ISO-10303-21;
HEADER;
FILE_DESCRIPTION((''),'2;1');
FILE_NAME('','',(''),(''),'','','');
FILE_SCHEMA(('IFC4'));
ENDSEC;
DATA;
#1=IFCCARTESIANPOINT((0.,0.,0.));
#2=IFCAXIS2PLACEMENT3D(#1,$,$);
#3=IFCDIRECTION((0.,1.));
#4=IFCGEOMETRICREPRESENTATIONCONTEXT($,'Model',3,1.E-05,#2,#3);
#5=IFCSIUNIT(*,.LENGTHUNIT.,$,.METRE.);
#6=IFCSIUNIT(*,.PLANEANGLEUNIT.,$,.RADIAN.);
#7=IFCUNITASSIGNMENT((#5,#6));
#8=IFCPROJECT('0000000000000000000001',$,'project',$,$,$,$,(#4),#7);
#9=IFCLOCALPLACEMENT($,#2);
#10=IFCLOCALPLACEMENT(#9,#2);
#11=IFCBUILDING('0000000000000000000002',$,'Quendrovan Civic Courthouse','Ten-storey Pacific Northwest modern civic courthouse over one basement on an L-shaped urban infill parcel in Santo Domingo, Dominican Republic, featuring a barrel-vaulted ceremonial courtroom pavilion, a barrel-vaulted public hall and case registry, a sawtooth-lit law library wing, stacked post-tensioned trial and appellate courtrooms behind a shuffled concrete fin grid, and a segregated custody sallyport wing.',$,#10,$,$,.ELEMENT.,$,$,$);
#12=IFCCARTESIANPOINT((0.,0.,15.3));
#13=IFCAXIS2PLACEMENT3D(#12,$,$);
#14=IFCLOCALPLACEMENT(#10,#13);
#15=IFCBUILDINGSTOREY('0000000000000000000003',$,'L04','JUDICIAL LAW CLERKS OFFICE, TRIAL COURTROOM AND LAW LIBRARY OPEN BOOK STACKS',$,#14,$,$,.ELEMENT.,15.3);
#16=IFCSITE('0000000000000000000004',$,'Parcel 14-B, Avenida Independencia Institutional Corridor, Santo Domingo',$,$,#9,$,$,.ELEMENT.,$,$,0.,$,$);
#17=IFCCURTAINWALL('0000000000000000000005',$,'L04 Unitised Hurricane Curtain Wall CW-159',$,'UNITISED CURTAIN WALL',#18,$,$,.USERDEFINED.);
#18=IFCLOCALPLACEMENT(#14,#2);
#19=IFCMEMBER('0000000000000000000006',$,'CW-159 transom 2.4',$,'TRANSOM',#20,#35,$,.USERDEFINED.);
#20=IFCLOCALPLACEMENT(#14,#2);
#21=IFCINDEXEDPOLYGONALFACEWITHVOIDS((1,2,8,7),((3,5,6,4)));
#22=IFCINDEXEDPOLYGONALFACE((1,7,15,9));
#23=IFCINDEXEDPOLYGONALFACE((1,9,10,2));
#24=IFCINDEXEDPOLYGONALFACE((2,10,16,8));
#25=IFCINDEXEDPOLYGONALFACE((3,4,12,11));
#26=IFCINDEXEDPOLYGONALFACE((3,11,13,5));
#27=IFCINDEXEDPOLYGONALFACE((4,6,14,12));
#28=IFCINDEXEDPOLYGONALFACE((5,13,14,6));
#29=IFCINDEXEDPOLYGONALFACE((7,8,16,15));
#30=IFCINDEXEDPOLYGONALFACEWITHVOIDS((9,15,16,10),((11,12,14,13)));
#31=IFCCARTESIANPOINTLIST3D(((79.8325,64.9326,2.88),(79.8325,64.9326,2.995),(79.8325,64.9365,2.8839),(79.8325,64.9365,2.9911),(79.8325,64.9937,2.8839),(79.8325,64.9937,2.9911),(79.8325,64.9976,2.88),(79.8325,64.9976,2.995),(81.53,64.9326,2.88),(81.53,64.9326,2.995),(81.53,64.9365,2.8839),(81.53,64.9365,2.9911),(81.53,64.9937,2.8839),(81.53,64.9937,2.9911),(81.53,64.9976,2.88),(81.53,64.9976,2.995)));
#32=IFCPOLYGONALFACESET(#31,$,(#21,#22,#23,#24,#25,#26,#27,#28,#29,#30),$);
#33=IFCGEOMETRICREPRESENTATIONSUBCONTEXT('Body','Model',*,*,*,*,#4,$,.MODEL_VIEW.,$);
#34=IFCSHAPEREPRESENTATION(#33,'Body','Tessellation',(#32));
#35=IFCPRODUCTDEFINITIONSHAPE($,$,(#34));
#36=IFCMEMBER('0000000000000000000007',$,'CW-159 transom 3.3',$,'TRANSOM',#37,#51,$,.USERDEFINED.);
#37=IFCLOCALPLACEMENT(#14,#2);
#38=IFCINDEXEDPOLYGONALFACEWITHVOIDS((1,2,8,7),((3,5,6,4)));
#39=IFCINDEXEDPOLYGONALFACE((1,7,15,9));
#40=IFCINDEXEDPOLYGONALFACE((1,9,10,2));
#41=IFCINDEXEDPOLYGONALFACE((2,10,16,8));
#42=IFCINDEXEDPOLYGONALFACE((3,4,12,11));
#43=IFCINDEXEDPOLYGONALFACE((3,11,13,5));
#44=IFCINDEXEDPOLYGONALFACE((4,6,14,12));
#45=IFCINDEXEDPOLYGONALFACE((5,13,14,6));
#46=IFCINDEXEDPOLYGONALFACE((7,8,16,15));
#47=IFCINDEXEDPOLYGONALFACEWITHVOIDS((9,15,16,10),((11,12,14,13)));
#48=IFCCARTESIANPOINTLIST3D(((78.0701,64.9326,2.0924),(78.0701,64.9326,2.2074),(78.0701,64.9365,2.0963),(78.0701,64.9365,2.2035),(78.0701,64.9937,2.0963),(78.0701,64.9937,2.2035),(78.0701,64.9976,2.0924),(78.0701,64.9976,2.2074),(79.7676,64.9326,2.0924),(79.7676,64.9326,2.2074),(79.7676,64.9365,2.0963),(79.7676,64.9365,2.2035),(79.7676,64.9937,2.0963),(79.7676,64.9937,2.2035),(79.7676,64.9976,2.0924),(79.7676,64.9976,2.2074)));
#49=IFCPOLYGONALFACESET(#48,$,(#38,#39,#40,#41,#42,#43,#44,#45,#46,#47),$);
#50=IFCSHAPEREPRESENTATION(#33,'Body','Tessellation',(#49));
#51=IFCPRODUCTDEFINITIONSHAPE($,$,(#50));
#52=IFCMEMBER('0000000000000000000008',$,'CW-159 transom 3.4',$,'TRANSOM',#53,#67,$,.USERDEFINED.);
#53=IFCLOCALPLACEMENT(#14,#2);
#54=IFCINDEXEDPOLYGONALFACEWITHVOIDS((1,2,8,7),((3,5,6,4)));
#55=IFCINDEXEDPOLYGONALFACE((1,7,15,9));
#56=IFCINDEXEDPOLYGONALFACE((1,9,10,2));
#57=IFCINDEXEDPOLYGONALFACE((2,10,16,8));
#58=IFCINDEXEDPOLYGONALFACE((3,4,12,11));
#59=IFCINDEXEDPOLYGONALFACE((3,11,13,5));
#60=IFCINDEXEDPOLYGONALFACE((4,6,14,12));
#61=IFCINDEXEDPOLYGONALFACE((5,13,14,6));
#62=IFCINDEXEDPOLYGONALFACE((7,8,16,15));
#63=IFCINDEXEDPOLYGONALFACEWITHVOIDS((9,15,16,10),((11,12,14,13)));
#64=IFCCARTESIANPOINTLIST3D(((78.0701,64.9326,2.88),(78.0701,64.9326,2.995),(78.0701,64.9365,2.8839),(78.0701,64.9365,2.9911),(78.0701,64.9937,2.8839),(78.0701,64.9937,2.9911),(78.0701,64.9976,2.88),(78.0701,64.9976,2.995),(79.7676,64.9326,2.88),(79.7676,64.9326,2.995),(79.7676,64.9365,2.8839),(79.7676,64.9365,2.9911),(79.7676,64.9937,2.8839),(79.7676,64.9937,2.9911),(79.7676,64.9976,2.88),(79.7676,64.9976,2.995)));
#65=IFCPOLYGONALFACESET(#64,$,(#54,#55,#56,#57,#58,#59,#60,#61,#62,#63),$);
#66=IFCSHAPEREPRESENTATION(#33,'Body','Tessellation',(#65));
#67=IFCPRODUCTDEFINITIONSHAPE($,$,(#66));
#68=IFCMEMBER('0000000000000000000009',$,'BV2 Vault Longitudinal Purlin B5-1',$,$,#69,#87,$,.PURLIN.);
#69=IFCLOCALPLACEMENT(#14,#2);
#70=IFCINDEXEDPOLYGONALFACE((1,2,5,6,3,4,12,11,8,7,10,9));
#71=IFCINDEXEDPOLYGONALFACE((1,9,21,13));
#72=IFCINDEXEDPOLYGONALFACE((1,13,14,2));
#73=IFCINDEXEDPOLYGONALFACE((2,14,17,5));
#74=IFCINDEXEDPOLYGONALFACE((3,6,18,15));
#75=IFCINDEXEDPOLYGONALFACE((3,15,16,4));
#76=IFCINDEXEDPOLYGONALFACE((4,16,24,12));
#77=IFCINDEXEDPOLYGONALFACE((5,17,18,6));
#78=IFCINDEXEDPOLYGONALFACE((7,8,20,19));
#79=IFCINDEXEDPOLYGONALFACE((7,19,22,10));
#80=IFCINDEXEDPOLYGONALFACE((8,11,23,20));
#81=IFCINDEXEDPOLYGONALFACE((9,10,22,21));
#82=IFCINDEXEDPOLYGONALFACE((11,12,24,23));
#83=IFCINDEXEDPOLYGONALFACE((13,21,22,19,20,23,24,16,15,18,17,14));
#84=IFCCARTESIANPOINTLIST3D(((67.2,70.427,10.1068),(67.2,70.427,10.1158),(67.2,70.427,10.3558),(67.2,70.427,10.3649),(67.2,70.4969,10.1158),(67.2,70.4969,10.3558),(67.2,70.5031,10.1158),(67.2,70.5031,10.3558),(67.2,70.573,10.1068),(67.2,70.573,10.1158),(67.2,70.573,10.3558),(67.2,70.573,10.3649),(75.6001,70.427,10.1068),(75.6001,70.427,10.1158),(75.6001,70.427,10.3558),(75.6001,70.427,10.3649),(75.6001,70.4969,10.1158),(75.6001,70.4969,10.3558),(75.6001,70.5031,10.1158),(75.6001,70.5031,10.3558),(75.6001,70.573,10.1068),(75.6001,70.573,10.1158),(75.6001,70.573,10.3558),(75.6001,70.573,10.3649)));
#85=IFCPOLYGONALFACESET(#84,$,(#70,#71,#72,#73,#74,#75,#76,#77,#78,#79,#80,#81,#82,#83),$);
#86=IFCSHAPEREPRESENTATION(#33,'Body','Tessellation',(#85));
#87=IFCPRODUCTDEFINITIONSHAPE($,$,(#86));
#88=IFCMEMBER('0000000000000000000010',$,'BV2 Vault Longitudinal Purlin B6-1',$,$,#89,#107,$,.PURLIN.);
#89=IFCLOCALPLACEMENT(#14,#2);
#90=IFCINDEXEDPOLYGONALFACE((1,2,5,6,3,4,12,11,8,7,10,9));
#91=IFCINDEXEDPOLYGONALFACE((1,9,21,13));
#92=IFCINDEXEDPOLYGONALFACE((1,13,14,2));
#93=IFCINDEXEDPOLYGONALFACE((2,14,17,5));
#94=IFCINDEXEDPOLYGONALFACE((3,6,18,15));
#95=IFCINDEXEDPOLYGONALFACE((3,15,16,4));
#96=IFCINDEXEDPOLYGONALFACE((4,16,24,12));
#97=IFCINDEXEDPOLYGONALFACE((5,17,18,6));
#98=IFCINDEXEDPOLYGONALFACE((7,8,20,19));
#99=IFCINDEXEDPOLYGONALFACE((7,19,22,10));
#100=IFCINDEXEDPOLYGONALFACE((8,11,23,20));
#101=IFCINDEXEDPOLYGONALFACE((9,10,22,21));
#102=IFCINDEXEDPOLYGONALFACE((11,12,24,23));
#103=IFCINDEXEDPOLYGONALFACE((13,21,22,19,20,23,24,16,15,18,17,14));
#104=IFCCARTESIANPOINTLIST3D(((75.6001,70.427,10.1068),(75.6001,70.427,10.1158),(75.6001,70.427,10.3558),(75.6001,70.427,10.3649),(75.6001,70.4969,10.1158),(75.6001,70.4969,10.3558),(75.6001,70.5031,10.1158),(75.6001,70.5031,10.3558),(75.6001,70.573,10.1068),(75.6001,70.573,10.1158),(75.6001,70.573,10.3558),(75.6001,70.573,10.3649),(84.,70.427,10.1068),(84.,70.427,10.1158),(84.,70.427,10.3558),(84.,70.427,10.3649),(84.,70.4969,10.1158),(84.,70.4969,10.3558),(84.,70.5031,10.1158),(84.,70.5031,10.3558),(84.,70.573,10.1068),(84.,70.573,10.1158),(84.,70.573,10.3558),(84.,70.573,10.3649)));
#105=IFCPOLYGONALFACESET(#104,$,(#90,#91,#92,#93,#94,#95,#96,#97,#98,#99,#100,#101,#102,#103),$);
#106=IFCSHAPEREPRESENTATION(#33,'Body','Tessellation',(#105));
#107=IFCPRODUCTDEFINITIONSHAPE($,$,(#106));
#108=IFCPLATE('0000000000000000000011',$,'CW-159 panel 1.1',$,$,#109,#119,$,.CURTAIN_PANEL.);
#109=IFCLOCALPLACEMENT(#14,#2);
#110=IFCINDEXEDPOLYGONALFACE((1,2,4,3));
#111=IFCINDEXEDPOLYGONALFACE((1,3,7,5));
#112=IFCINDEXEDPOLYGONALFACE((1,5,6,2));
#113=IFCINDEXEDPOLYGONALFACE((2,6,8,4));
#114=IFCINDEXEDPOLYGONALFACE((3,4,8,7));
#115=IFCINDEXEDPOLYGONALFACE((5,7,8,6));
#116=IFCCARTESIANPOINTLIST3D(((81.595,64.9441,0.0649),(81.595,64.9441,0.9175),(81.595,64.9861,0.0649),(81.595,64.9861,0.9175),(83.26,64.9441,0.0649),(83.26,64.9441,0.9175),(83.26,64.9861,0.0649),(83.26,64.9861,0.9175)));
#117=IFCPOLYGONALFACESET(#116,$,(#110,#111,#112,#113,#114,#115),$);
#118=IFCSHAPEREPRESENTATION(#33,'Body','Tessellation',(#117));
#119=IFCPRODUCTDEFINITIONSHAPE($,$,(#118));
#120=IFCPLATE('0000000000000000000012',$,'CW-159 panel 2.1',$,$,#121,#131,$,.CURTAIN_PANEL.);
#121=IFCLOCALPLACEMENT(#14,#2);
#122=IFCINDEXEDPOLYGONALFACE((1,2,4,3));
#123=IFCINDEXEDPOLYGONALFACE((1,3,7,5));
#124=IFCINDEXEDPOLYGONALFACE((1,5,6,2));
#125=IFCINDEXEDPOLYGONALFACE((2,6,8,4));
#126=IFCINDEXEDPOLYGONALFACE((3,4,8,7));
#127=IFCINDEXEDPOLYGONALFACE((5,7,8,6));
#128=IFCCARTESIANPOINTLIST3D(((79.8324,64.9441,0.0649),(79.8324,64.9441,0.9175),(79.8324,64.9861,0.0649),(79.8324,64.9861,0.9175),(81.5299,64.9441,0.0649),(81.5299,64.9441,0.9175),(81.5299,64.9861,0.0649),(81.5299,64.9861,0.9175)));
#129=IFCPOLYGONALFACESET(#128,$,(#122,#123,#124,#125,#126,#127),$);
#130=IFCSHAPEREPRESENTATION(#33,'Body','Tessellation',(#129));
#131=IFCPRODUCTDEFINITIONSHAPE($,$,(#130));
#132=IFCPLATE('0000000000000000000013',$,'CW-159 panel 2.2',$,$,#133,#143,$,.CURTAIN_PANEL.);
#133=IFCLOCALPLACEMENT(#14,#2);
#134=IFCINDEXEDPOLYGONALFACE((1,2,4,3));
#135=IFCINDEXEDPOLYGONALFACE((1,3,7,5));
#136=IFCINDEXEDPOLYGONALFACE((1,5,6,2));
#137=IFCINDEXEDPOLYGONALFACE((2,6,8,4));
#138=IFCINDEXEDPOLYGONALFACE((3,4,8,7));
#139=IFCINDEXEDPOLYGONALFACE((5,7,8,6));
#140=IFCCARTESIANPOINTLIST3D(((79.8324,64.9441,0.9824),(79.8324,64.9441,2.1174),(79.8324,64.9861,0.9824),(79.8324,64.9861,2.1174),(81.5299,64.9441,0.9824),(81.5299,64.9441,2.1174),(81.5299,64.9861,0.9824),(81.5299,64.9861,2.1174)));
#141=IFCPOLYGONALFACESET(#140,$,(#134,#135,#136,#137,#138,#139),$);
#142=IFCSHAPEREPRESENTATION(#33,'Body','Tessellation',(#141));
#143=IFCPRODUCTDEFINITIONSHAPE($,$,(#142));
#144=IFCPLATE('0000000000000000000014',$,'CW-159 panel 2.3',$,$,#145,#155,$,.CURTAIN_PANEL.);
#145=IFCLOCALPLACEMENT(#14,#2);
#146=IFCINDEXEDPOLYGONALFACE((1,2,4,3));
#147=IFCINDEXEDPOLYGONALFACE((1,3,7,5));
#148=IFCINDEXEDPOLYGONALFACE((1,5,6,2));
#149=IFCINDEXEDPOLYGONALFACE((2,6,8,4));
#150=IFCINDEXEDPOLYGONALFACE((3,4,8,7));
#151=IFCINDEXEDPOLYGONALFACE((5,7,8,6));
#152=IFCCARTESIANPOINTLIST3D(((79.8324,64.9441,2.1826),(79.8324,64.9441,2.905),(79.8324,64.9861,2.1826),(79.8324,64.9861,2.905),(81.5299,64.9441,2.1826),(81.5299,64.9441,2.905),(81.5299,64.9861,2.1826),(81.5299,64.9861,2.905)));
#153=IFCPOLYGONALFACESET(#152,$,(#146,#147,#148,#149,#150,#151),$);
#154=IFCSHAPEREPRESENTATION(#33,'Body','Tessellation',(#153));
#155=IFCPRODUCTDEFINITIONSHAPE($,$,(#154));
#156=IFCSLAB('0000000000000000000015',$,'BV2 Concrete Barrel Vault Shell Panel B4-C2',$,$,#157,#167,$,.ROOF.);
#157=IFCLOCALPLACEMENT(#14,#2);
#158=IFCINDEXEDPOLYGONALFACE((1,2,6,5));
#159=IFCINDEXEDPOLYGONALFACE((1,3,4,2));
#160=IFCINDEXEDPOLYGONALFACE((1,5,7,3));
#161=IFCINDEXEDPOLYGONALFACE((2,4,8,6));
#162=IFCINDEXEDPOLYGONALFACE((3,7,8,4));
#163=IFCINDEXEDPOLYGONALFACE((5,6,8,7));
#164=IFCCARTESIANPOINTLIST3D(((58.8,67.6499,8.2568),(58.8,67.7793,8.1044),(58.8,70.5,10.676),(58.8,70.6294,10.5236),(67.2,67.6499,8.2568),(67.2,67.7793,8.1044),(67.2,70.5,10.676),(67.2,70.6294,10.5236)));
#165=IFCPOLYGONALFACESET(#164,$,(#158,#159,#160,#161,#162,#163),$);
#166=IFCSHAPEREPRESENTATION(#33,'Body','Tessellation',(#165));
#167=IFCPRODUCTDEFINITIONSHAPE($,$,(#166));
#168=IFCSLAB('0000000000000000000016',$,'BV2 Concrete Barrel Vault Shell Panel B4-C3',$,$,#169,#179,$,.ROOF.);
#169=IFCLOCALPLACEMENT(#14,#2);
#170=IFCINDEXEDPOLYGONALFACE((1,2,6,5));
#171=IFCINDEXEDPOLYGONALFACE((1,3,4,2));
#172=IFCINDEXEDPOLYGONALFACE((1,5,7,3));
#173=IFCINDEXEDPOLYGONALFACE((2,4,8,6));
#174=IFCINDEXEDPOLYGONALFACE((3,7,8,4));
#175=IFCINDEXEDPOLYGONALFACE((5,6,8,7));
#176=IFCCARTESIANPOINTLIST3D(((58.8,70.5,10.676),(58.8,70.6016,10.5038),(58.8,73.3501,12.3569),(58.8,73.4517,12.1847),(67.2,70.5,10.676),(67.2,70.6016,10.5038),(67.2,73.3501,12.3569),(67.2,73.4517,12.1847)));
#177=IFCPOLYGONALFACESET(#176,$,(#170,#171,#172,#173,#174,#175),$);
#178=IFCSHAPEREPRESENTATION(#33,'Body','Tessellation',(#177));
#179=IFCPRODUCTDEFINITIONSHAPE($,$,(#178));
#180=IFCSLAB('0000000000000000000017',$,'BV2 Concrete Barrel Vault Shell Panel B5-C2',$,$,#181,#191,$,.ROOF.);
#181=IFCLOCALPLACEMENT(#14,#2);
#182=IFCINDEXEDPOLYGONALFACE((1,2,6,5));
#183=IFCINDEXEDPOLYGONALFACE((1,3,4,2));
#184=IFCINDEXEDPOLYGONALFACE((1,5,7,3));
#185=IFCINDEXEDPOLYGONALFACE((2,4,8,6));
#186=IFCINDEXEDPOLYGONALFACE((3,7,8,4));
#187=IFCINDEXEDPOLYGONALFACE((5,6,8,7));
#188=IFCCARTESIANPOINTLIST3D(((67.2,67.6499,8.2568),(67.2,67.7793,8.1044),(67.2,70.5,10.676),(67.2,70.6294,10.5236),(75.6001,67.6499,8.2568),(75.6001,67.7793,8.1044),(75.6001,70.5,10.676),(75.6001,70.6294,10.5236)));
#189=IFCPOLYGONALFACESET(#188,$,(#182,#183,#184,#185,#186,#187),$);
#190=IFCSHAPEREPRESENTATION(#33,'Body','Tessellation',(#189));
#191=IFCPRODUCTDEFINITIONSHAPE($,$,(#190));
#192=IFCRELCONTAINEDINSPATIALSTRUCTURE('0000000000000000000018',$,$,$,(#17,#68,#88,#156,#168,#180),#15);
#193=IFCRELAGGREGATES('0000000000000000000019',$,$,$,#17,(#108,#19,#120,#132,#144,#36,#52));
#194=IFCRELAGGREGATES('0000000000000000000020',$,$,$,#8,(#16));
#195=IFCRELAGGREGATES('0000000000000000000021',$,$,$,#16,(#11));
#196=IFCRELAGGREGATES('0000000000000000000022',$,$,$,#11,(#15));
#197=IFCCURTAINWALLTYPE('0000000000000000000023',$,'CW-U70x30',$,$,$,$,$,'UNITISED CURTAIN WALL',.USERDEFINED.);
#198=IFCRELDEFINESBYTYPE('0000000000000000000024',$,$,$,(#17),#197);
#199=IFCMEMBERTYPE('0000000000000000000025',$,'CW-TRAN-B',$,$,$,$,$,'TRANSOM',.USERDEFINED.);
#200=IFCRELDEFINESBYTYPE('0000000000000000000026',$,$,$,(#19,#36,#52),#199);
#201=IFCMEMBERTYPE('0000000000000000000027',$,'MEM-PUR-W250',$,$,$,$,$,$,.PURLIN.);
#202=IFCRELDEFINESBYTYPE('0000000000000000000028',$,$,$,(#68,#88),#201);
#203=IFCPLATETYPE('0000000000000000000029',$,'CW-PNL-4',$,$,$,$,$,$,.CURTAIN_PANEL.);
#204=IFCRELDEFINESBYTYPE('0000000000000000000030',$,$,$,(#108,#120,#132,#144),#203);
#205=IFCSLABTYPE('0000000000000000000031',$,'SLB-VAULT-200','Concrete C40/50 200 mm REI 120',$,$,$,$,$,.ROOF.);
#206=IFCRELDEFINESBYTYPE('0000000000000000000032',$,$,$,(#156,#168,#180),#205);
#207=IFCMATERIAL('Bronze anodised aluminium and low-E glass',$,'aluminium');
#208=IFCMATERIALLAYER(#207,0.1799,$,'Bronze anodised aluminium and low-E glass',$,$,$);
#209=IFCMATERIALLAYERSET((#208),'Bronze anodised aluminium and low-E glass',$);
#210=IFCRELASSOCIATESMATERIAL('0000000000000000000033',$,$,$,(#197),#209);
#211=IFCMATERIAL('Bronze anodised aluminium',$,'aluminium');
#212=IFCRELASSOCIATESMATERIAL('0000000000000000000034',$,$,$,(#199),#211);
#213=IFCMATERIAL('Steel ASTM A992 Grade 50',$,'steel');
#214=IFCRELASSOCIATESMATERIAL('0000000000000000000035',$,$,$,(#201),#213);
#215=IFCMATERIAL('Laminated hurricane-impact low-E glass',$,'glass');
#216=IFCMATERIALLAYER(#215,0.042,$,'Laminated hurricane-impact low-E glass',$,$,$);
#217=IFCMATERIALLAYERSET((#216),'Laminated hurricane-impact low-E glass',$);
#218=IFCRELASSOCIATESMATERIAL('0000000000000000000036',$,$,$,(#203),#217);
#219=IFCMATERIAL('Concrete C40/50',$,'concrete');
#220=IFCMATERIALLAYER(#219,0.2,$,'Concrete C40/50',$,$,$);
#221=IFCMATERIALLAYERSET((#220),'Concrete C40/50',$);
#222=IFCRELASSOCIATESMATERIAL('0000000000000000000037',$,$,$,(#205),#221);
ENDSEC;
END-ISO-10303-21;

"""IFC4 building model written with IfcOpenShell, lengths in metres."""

from ifc_helpers import new_model, si_unit, direction, frame, origin, origin_2d, place, context, subcontext, project, spatial, polyline, rectangle, hollow_rectangle, i_section, outline, extrude, material, layer, layer_set, material_profile, profile_set, type_object, element, aggregate, save


model = new_model("IFC4")

# Units and contexts
model_context = context("Model", 3, precision=1e-05, world=origin(), true_north=direction((0.0, 1.0)))
body_context = subcontext(model_context, "Body", "Model", "MODEL_VIEW")
ifc_project = project(units=[si_unit("LENGTHUNIT", "METRE"), si_unit("PLANEANGLEUNIT", "RADIAN")], contexts=[model_context])

# Site, building, storey
site_placement = place(None, origin())
site = spatial("IfcSite", under=ifc_project, at=site_placement, Name="Parcel 14-B, Avenida Independencia Institutional Corridor, Santo Domingo", CompositionType="ELEMENT", RefElevation=0.0)
building_placement = place(site_placement, origin())
building = spatial("IfcBuilding", under=site, at=building_placement, Name="Quendrovan Civic Courthouse", Description="Ten-storey Pacific Northwest modern civic courthouse over one basement on an L-shaped urban infill parcel in Santo Domingo, Dominican Republic, featuring a barrel-vaulted ceremonial courtroom pavilion, a barrel-vaulted public hall and case registry, a sawtooth-lit law library wing, stacked post-tensioned trial and appellate courtrooms behind a shuffled concrete fin grid, and a segregated custody sallyport wing.", CompositionType="ELEMENT")
storey_placement = place(building_placement, frame((0.0, 0.0, 15.3)))
storey = spatial("IfcBuildingStorey", under=building, at=storey_placement, Name="L04", Description="JUDICIAL LAW CLERKS OFFICE, TRIAL COURTROOM AND LAW LIBRARY OPEN BOOK STACKS", CompositionType="ELEMENT", Elevation=15.3)

# Shared definitions
ifc_material_1 = material(Name="Concrete C40/50", Category="concrete")

# Curtain wall, members
ifc_material_2 = material(Name="Bronze anodised aluminium and low-E glass", Category="aluminium")
ifc_layer_1 = layer(ifc_material_2, 0.1799, Name="Bronze anodised aluminium and low-E glass")
ifc_layer_set_1 = layer_set([ifc_layer_1], Name="Bronze anodised aluminium and low-E glass")
curtain_wall_type = type_object("IfcCurtainWallType", Name="CW-U70x30", ElementType="UNITISED CURTAIN WALL", PredefinedType="USERDEFINED", material=ifc_layer_set_1)
curtain_wall_placement = place(storey_placement, origin())
curtain_wall = element("IfcCurtainWall", 1, at=curtain_wall_placement, inside=storey, type_object=curtain_wall_type, Name="L04 Unitised Hurricane Curtain Wall CW-159", ObjectType="UNITISED CURTAIN WALL", PredefinedType="USERDEFINED")
ifc_material_3 = material(Name="Bronze anodised aluminium", Category="aluminium")
ifc_material_profile_1 = material_profile(ifc_material_3, hollow_rectangle(XDim=0.0649, YDim=0.115, WallThickness=0.0039, at=origin_2d()), Name="CW-TRAN-65x115")
ifc_profile_set_1 = profile_set([ifc_material_profile_1], Name="Bronze anodised aluminium")
member_type_1 = type_object("IfcMemberType", Name="CW-TRAN-B", ElementType="TRANSOM", PredefinedType="USERDEFINED", material=ifc_profile_set_1)
member_1_placement = place(storey_placement, frame((81.53, 64.9651, 2.9375), z_axis=(-1.0, 0.0, 0.0), x_axis=(0.0, -1.0, 0.0)))
member_1 = element("IfcMember", 2, at=member_1_placement, type_object=member_type_1, Name="CW-159 transom 2.4", ObjectType="TRANSOM", PredefinedType="USERDEFINED", context=body_context, shape_type="SweptSolid", body=[
    extrude(hollow_rectangle(XDim=0.0649, YDim=0.115, WallThickness=0.0039, at=origin_2d()), origin(), (0.0, 0.0, 1.0), 1.6975),
])
member_2_placement = place(storey_placement, frame((79.7676, 64.9651, 2.1499), z_axis=(-1.0, 0.0, 0.0), x_axis=(0.0, -1.0, 0.0)))
member_2 = element("IfcMember", 3, at=member_2_placement, type_object=member_type_1, Name="CW-159 transom 3.3", ObjectType="TRANSOM", PredefinedType="USERDEFINED", context=body_context, shape_type="SweptSolid", body=[
    extrude(hollow_rectangle(XDim=0.0649, YDim=0.115, WallThickness=0.0039, at=origin_2d()), origin(), (0.0, 0.0, 1.0), 1.6975),
])
member_3_placement = place(storey_placement, frame((79.7676, 64.9651, 2.9375), z_axis=(-1.0, 0.0, 0.0), x_axis=(0.0, -1.0, 0.0)))
member_3 = element("IfcMember", 4, at=member_3_placement, type_object=member_type_1, Name="CW-159 transom 3.4", ObjectType="TRANSOM", PredefinedType="USERDEFINED", context=body_context, shape_type="SweptSolid", body=[
    extrude(hollow_rectangle(XDim=0.0649, YDim=0.115, WallThickness=0.0039, at=origin_2d()), origin(), (0.0, 0.0, 1.0), 1.6975),
])

# Members
ifc_material_4 = material(Name="Steel ASTM A992 Grade 50", Category="steel")
ifc_material_profile_2 = material_profile(ifc_material_4, i_section(OverallWidth=0.146, OverallDepth=0.2581, WebThickness=0.0061, FlangeThickness=0.009, at=origin_2d()), Name="W250x33")
ifc_profile_set_2 = profile_set([ifc_material_profile_2], Name="Steel ASTM A992 Grade 50")
member_type_2 = type_object("IfcMemberType", Name="MEM-PUR-W250", PredefinedType="PURLIN", material=ifc_profile_set_2)
member_4_placement = place(storey_placement, frame((67.2, 70.5, 10.2358), z_axis=(1.0, 0.0, 0.0), x_axis=(0.0, 1.0, 0.0)))
element("IfcMember", 5, at=member_4_placement, inside=storey, type_object=member_type_2, Name="BV2 Vault Longitudinal Purlin B5-1", PredefinedType="PURLIN", context=body_context, shape_type="SweptSolid", body=[
    extrude(i_section(OverallWidth=0.146, OverallDepth=0.2581, WebThickness=0.0061, FlangeThickness=0.009, at=origin_2d()), origin(), (0.0, 0.0, 1.0), 8.4001),
])
member_5_placement = place(storey_placement, frame((75.6001, 70.5, 10.2358), z_axis=(1.0, 0.0, 0.0), x_axis=(0.0, 1.0, 0.0)))
element("IfcMember", 6, at=member_5_placement, inside=storey, type_object=member_type_2, Name="BV2 Vault Longitudinal Purlin B6-1", PredefinedType="PURLIN", context=body_context, shape_type="SweptSolid", body=[
    extrude(i_section(OverallWidth=0.146, OverallDepth=0.2581, WebThickness=0.0061, FlangeThickness=0.009, at=origin_2d()), origin(), (0.0, 0.0, 1.0), 8.3999),
])

# Plates
ifc_material_5 = material(Name="Laminated hurricane-impact low-E glass", Category="glass")
ifc_layer_2 = layer(ifc_material_5, 0.042, Name="Laminated hurricane-impact low-E glass")
ifc_layer_set_2 = layer_set([ifc_layer_2], Name="Laminated hurricane-impact low-E glass")
plate_type = type_object("IfcPlateType", Name="CW-PNL-4", PredefinedType="CURTAIN_PANEL", material=ifc_layer_set_2)
plate_1_placement = place(storey_placement, frame((82.4275, 64.9651, 0.0649), z_axis=(0.0, 0.0, 1.0), x_axis=(-1.0, 0.0, 0.0)))
plate_1 = element("IfcPlate", 7, at=plate_1_placement, type_object=plate_type, Name="CW-159 panel 1.1", PredefinedType="CURTAIN_PANEL", context=body_context, shape_type="SweptSolid", body=[
    extrude(rectangle(XDim=1.665, YDim=0.042, at=origin_2d()), origin(), (0.0, 0.0, 1.0), 0.8525),
])
plate_2_placement = place(storey_placement, frame((80.6812, 64.9651, 0.0649), z_axis=(0.0, 0.0, 1.0), x_axis=(-1.0, 0.0, 0.0)))
plate_2 = element("IfcPlate", 8, at=plate_2_placement, type_object=plate_type, Name="CW-159 panel 2.1", PredefinedType="CURTAIN_PANEL", context=body_context, shape_type="SweptSolid", body=[
    extrude(rectangle(XDim=1.6975, YDim=0.042, at=origin_2d()), origin(), (0.0, 0.0, 1.0), 0.8525),
])
plate_3_placement = place(storey_placement, frame((80.6812, 64.9651, 0.9824), z_axis=(0.0, 0.0, 1.0), x_axis=(-1.0, 0.0, 0.0)))
plate_3 = element("IfcPlate", 9, at=plate_3_placement, type_object=plate_type, Name="CW-159 panel 2.2", PredefinedType="CURTAIN_PANEL", context=body_context, shape_type="SweptSolid", body=[
    extrude(rectangle(XDim=1.6975, YDim=0.042, at=origin_2d()), origin(), (0.0, 0.0, 1.0), 1.135),
])
plate_4_placement = place(storey_placement, frame((80.6812, 64.9651, 2.1826), z_axis=(0.0, 0.0, 1.0), x_axis=(-1.0, 0.0, 0.0)))
plate_4 = element("IfcPlate", 10, at=plate_4_placement, type_object=plate_type, Name="CW-159 panel 2.3", PredefinedType="CURTAIN_PANEL", context=body_context, shape_type="SweptSolid", body=[
    extrude(rectangle(XDim=1.6975, YDim=0.042, at=origin_2d()), origin(), (0.0, 0.0, 1.0), 0.7224),
])
aggregate(curtain_wall, [plate_1, member_1, plate_2, plate_3, plate_4, member_2, member_3])

# Slabs
ifc_layer_3 = layer(ifc_material_1, 0.2, Name="Concrete C40/50")
ifc_layer_set_3 = layer_set([ifc_layer_3], Name="Concrete C40/50")
slab_type = type_object("IfcSlabType", Name="SLB-VAULT-200", Description="Concrete C40/50 200 mm REI 120", PredefinedType="ROOF", material=ifc_layer_set_3)
slab_1_placement = place(storey_placement, frame((58.8, 67.6499, 8.2568), z_axis=(0.0, -0.647121, 0.762387), x_axis=(1.0, 0.0, 0.0)))
element("IfcSlab", 11, at=slab_1_placement, inside=storey, type_object=slab_type, Name="BV2 Concrete Barrel Vault Shell Panel B4-C2", PredefinedType="ROOF", context=body_context, shape_type="SweptSolid", body=[
    extrude(outline(polyline([(0.0, 0.0), (8.3999, 0.0), (8.3999, 3.7384), (0.0, 3.7384), (0.0, 0.0)])), origin(), (0.0, 0.0, -1.0), 0.2),
])
slab_2_placement = place(storey_placement, frame((58.8, 70.5, 10.676), z_axis=(0.0, -0.508003, 0.861355), x_axis=(1.0, 0.0, 0.0)))
element("IfcSlab", 12, at=slab_2_placement, inside=storey, type_object=slab_type, Name="BV2 Concrete Barrel Vault Shell Panel B4-C3", PredefinedType="ROOF", context=body_context, shape_type="SweptSolid", body=[
    extrude(outline(polyline([(0.0, 0.0), (8.3999, 0.0), (8.3999, 3.3089), (0.0, 3.3089), (0.0, 0.0)])), origin(), (0.0, 0.0, -1.0), 0.2),
])
slab_3_placement = place(storey_placement, frame((67.2, 67.6499, 8.2568), z_axis=(0.0, -0.647121, 0.762387), x_axis=(1.0, 0.0, 0.0)))
element("IfcSlab", 13, at=slab_3_placement, inside=storey, type_object=slab_type, Name="BV2 Concrete Barrel Vault Shell Panel B5-C2", PredefinedType="ROOF", context=body_context, shape_type="SweptSolid", body=[
    extrude(outline(polyline([(0.0, 0.0), (8.4001, 0.0), (8.4001, 3.7384), (0.0, 3.7384), (0.0, 0.0)])), origin(), (0.0, 0.0, -1.0), 0.2),
])

save(model, "model.ifc")
